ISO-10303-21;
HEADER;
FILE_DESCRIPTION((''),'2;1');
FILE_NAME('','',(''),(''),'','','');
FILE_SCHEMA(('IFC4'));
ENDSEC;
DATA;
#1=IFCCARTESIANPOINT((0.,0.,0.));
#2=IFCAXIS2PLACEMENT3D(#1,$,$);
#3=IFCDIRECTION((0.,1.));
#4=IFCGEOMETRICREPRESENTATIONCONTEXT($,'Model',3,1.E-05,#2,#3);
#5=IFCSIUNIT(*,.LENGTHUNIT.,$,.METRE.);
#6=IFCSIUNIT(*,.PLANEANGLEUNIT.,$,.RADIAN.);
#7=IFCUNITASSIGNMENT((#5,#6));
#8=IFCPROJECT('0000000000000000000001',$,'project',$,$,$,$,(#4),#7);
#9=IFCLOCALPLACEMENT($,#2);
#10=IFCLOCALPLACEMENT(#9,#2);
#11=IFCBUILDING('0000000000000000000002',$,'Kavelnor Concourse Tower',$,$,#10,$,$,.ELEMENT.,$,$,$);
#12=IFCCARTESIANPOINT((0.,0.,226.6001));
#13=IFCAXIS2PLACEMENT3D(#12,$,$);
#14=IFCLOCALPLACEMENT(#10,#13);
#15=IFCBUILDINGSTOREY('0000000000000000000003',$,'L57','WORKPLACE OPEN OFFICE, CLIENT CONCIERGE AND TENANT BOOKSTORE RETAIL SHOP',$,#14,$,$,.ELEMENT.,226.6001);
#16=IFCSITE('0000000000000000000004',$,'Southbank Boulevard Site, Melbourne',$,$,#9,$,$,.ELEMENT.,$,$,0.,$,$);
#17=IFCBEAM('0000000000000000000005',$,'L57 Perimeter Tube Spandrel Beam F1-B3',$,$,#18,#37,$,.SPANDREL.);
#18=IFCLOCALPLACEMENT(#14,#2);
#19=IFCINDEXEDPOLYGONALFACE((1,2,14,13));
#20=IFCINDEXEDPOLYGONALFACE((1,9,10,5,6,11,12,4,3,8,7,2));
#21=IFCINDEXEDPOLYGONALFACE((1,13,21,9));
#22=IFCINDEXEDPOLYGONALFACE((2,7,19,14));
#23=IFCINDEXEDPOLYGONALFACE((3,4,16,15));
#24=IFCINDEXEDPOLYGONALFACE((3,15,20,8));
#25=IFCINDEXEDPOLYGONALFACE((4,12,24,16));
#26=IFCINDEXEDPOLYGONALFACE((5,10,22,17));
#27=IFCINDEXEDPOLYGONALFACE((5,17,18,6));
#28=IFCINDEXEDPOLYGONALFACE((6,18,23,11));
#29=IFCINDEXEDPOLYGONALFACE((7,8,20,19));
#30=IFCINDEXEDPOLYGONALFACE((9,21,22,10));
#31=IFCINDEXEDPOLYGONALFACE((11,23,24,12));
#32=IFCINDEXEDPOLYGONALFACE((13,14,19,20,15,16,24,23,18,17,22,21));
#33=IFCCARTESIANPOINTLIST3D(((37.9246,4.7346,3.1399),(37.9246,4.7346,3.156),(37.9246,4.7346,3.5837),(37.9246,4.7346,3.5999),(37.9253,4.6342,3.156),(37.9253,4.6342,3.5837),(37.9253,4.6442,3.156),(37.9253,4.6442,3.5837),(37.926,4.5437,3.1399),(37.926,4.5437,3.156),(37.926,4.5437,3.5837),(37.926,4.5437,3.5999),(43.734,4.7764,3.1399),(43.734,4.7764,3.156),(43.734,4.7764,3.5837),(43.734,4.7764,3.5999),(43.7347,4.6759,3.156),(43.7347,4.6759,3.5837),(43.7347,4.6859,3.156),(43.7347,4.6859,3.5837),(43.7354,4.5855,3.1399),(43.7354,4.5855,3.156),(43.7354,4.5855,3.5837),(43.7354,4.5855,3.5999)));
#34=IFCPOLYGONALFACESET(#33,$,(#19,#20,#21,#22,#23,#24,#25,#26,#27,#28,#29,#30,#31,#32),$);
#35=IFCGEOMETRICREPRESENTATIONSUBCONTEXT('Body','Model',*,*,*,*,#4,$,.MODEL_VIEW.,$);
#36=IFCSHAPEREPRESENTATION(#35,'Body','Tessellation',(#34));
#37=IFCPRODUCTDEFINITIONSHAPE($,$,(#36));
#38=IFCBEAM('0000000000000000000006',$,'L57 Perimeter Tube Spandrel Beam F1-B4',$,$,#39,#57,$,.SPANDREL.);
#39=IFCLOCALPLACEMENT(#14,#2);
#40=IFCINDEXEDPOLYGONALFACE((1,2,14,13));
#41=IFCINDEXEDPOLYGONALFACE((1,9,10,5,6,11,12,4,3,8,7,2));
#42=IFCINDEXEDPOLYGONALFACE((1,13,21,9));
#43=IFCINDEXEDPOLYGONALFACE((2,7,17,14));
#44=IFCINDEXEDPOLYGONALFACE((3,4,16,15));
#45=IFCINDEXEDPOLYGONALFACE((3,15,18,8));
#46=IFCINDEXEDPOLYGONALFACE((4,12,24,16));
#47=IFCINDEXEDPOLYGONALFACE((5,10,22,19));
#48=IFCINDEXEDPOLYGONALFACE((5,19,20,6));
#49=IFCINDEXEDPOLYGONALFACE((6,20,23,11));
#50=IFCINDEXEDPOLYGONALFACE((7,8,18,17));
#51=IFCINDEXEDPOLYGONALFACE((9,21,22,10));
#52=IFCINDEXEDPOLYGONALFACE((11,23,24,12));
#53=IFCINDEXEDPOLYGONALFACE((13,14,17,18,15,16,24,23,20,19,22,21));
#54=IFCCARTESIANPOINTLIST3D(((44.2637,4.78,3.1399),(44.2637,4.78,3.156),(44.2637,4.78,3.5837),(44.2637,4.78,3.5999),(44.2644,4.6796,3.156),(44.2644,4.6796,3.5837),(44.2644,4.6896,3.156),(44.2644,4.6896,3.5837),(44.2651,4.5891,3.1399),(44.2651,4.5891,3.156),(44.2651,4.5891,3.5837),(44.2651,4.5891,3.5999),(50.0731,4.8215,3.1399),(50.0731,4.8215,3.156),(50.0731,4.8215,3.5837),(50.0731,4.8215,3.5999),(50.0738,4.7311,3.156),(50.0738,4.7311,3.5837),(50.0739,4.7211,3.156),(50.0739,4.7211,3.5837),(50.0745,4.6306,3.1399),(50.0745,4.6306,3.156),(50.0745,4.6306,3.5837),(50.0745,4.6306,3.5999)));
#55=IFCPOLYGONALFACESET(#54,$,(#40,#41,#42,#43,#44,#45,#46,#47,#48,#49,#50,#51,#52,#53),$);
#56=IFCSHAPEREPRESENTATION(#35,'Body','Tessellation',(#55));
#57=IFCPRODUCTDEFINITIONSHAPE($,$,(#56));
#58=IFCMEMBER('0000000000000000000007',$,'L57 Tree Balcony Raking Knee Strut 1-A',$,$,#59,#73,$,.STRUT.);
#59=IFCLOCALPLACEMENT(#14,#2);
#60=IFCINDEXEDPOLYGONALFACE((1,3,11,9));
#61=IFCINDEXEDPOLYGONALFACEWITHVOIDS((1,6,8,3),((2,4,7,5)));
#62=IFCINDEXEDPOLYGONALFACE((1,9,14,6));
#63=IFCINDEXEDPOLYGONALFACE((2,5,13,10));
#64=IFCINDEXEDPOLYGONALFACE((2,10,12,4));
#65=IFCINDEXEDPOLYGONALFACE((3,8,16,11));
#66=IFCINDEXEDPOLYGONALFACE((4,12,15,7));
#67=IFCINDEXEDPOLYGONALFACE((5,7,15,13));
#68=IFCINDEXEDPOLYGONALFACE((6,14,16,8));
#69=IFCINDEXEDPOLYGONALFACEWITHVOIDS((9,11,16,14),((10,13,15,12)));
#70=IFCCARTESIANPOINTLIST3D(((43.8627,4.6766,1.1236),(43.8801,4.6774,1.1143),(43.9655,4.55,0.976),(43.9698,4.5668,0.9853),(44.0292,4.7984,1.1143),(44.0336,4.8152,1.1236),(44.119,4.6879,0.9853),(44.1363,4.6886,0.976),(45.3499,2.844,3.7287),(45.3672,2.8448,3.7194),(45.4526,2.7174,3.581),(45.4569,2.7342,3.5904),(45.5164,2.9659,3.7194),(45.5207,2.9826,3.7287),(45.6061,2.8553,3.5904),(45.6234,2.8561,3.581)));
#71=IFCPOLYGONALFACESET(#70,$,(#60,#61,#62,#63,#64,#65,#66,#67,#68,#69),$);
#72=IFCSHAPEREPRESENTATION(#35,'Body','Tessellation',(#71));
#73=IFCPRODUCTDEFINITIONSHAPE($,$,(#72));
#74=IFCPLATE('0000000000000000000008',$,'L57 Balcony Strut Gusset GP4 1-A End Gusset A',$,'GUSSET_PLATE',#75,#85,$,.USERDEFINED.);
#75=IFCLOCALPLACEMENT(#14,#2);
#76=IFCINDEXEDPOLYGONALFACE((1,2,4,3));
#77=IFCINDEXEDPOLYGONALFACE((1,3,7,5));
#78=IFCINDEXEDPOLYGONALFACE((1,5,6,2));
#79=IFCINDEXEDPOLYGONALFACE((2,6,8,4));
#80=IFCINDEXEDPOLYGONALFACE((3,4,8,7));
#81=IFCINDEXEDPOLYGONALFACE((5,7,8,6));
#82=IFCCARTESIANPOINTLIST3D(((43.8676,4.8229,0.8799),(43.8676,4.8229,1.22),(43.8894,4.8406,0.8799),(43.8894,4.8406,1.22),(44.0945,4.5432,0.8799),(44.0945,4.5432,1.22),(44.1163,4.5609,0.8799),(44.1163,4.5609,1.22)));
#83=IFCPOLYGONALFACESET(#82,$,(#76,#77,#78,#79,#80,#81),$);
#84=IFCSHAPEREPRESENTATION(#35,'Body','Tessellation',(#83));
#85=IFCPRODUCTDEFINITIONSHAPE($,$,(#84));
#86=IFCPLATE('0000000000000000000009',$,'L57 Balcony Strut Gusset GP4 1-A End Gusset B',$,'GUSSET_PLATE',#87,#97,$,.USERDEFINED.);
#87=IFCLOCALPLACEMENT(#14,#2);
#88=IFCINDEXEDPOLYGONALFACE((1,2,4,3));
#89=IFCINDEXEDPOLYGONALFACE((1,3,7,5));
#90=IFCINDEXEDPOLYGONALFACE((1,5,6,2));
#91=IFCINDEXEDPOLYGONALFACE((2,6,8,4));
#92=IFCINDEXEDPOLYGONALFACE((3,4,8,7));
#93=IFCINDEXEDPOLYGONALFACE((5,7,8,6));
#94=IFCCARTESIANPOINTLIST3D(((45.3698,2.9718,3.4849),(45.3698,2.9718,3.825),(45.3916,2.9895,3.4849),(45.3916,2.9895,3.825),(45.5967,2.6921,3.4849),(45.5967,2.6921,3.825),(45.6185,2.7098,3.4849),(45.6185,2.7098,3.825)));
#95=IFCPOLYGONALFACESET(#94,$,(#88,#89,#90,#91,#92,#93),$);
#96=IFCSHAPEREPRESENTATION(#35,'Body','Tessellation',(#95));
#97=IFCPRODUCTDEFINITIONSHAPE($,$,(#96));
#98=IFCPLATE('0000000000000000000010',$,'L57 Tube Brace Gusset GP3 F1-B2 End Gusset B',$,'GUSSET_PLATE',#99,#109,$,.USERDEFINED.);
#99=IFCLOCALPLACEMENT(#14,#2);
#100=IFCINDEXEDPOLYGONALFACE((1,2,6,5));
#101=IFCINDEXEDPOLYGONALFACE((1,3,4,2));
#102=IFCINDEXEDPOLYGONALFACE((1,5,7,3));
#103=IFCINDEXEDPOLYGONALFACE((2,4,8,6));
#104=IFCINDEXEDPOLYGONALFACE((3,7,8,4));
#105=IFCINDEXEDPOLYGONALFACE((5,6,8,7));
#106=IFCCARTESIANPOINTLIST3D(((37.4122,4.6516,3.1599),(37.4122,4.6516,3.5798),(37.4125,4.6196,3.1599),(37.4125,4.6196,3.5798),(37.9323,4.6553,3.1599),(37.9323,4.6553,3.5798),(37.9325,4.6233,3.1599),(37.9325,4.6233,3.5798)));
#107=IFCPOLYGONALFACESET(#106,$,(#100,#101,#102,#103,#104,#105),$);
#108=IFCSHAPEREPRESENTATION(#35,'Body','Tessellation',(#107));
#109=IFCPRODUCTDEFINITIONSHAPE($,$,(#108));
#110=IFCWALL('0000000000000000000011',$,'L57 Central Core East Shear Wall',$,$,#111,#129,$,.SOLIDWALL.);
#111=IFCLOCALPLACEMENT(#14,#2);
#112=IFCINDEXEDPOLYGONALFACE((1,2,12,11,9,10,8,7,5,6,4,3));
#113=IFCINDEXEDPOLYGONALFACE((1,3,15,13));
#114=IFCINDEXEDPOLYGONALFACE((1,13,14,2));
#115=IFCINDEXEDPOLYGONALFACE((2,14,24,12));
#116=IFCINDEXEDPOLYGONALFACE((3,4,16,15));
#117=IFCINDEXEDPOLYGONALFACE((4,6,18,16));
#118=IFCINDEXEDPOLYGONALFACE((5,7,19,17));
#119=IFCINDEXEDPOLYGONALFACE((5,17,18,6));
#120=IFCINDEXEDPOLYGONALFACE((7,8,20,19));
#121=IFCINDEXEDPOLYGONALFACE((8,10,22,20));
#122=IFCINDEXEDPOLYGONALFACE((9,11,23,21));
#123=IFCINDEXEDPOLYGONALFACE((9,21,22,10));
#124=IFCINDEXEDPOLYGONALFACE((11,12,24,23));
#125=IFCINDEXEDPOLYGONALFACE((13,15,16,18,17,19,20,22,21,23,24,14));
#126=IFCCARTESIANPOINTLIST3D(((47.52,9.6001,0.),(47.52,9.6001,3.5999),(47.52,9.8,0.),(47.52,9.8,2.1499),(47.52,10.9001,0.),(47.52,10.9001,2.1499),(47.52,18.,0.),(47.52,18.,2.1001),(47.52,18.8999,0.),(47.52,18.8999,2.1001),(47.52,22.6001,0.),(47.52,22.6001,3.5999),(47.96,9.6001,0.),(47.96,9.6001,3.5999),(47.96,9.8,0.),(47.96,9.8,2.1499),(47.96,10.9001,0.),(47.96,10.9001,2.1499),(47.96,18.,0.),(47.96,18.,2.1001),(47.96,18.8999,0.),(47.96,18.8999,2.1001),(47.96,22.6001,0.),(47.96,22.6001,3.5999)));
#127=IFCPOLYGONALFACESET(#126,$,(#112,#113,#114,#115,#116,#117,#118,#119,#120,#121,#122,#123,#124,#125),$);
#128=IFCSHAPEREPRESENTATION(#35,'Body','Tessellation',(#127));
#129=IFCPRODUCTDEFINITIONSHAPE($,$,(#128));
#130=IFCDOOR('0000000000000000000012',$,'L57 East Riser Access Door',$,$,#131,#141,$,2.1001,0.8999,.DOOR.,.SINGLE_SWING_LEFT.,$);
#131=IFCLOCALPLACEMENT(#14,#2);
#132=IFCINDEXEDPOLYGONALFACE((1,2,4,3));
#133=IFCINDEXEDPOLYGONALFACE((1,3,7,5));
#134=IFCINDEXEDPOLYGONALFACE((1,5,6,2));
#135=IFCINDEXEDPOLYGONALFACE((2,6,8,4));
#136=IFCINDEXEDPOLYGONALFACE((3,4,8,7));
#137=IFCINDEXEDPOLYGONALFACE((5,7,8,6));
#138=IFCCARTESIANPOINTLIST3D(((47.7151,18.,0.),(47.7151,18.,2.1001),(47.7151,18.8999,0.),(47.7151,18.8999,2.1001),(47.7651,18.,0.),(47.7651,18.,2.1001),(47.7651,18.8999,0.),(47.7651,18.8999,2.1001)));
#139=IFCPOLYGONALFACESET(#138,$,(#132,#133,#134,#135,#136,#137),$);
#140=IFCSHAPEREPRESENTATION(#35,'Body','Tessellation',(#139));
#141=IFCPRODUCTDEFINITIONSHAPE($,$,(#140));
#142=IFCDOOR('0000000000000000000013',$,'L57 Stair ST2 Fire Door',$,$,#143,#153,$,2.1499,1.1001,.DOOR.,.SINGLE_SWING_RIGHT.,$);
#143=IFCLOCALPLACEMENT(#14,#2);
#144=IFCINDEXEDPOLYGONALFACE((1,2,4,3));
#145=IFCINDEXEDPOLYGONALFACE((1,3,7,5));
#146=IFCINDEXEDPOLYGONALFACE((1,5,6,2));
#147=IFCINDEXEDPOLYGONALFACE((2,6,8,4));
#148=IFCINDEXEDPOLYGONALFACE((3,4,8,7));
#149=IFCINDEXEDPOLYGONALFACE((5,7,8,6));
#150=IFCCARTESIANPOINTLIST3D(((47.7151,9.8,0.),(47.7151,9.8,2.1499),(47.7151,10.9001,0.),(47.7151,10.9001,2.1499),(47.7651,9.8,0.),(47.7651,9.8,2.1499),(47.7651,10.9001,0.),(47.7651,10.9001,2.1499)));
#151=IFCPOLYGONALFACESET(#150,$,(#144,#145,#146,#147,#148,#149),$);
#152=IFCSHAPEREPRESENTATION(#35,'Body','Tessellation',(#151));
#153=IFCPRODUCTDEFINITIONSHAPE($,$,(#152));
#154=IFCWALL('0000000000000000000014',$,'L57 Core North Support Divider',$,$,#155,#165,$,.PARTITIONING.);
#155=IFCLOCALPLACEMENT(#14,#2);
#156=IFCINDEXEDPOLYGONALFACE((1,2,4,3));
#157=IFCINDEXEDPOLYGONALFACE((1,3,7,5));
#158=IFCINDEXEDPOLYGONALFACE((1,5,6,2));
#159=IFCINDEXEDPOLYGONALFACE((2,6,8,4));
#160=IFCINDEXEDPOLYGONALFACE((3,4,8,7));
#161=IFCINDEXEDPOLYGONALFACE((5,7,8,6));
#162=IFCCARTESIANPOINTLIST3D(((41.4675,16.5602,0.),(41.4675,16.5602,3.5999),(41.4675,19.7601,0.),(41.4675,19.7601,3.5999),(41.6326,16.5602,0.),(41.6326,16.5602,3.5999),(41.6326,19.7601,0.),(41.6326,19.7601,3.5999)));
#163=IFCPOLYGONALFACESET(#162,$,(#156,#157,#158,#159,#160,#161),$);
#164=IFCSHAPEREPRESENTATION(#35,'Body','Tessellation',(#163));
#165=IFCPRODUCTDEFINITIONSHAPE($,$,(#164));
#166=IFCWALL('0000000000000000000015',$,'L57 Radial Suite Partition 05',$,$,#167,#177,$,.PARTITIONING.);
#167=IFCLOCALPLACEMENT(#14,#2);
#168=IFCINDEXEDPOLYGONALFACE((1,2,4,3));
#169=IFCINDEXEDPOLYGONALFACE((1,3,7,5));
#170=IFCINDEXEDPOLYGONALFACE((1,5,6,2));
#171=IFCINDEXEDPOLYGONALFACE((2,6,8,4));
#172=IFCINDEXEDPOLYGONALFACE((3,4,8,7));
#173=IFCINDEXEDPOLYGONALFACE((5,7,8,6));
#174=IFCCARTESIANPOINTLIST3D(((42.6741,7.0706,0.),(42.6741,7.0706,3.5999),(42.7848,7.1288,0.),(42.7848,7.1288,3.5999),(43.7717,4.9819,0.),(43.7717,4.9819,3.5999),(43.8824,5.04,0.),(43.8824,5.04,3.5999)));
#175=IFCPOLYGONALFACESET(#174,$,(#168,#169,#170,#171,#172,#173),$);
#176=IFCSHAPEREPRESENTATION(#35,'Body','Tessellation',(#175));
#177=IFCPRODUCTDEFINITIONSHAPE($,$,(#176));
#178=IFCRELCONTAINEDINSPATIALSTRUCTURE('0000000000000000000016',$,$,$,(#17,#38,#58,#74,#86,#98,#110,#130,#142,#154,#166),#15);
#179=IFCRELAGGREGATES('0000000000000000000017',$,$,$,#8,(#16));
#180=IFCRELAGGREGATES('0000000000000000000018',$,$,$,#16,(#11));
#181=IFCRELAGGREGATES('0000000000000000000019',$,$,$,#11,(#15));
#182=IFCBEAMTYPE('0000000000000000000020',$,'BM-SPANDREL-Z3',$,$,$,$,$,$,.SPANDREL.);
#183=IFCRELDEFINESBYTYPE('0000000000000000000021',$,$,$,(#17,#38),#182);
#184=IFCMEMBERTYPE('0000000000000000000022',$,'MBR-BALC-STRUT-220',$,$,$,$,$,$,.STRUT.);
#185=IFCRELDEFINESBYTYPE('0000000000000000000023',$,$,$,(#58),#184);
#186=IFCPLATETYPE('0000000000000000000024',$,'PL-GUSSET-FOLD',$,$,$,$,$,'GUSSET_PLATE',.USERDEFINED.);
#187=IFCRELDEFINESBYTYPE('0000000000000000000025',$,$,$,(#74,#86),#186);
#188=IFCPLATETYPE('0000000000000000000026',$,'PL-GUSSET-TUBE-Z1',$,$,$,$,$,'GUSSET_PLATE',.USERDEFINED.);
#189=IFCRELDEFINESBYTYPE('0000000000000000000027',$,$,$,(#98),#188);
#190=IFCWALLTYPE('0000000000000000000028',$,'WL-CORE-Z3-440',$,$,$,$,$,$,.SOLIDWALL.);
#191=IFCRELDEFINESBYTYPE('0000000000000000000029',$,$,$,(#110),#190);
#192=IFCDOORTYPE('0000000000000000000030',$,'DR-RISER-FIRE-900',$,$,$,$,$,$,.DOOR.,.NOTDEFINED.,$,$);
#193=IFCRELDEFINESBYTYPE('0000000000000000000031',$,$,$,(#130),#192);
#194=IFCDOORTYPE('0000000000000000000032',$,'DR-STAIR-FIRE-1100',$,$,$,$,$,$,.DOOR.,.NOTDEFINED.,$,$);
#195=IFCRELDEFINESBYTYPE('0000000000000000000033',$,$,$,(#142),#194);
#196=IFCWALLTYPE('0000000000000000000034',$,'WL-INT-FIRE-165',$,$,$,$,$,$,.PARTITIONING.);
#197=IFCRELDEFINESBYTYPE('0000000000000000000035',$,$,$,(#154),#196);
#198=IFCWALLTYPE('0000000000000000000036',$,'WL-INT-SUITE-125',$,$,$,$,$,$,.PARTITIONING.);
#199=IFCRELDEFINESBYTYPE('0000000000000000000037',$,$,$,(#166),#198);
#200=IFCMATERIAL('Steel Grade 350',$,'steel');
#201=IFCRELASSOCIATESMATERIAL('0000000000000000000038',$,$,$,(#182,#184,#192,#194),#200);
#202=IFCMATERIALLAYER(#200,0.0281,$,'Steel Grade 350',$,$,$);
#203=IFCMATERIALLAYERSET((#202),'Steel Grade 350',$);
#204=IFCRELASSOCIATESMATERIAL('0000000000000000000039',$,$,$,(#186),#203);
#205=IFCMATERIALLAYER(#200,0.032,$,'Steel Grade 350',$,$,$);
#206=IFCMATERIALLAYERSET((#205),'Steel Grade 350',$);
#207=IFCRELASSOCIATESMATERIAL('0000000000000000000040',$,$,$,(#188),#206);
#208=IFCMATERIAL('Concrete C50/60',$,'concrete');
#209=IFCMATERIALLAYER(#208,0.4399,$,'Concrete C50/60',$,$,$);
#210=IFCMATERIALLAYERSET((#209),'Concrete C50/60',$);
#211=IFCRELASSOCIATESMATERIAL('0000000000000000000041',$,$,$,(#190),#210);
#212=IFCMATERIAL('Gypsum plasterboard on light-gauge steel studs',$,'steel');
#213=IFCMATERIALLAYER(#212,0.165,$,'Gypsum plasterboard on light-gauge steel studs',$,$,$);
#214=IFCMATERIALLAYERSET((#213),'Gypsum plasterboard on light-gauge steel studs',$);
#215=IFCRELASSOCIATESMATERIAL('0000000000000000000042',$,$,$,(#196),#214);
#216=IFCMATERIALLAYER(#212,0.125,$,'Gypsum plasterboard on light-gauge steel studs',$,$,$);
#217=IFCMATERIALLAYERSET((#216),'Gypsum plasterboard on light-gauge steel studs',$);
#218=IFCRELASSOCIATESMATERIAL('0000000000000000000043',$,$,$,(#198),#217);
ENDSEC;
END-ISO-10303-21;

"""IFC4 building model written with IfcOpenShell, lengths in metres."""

from ifc_helpers import new_model, si_unit, direction, frame, frame_2d, origin, origin_2d, place, context, subcontext, project, spatial, rectangle, hollow_rectangle, i_section, extrude, material, layer, layer_set, material_profile, profile_set, type_object, element, fill, save


model = new_model("IFC4")

# Units and contexts
model_context = context("Model", 3, precision=1e-05, world=origin(), true_north=direction((0.0, 1.0)))
body_context = subcontext(model_context, "Body", "Model", "MODEL_VIEW")
ifc_project = project(units=[si_unit("LENGTHUNIT", "METRE"), si_unit("PLANEANGLEUNIT", "RADIAN")], contexts=[model_context])

# Site, building, storey
site_placement = place(None, origin())
site = spatial("IfcSite", under=ifc_project, at=site_placement, Name="Southbank Boulevard Site, Melbourne", CompositionType="ELEMENT", RefElevation=0.0)
building_placement = place(site_placement, origin())
building = spatial("IfcBuilding", under=site, at=building_placement, Name="Kavelnor Concourse Tower", CompositionType="ELEMENT")
storey_placement = place(building_placement, frame((0.0, 0.0, 226.6001)))
storey = spatial("IfcBuildingStorey", under=building, at=storey_placement, Name="L57", Description="WORKPLACE OPEN OFFICE, CLIENT CONCIERGE AND TENANT BOOKSTORE RETAIL SHOP", CompositionType="ELEMENT", Elevation=226.6001)

# Shared definitions
ifc_material_1 = material(Name="Steel Grade 350", Category="steel")

# Beams
ifc_material_profile_1 = material_profile(ifc_material_1, i_section(OverallWidth=0.1909, OverallDepth=0.46, WebThickness=0.01, FlangeThickness=0.0161, at=origin_2d()), Name="460UB82")
ifc_profile_set_1 = profile_set([ifc_material_profile_1], Name="Steel Grade 350")
beam_type_1 = type_object("IfcBeamType", Name="BM-SPANDREL-Z3", PredefinedType="SPANDREL", material=ifc_profile_set_1)
for number, where, z_axis, x_axis, name in (
    (1, (37.9253, 4.6392, 3.3699), (0.999974, 0.007186, 0.0), (-0.007186, 0.999974, 0.0), "L57 Perimeter Tube Spandrel Beam F1-B3"),
    (2, (44.2644, 4.6846, 3.3699), (0.999974, 0.007144, 0.0), (-0.007144, 0.999974, 0.0), "L57 Perimeter Tube Spandrel Beam F1-B4"),
):
    element("IfcBeam", number, at=place(storey_placement, frame(where, z_axis=z_axis, x_axis=x_axis)), inside=storey, type_object=beam_type_1, Name=name, PredefinedType="SPANDREL", context=body_context, shape_type="SweptSolid", body=[
        extrude(i_section(OverallWidth=0.1909, OverallDepth=0.46, WebThickness=0.01, FlangeThickness=0.0161, at=origin_2d()), origin(), (0.0, 0.0, 1.0), 5.8096),
    ])

# Member
ifc_material_profile_2 = material_profile(ifc_material_1, hollow_rectangle(XDim=0.22, YDim=0.22, WallThickness=0.0139, at=origin_2d()), Name="SHS 220x220x14")
ifc_profile_set_2 = profile_set([ifc_material_profile_2], Name="Steel Grade 350")
member_type = type_object("IfcMemberType", Name="MBR-BALC-STRUT-220", PredefinedType="STRUT", material=ifc_profile_set_2)
member_placement = place(storey_placement, frame((43.9995, 4.6826, 1.0498), z_axis=(0.423058, -0.521339, 0.741099), x_axis=(0.7765, 0.630117, 0.0)))
element("IfcMember", 3, at=member_placement, inside=storey, type_object=member_type, Name="L57 Tree Balcony Raking Knee Strut 1-A", PredefinedType="STRUT", context=body_context, shape_type="SweptSolid", body=[
    extrude(hollow_rectangle(XDim=0.22, YDim=0.22, WallThickness=0.0139, at=origin_2d()), origin(), (0.0, 0.0, 1.0), 3.5151),
])

# Plates
ifc_layer_1 = layer(ifc_material_1, 0.0281, Name="Steel Grade 350")
ifc_layer_set_1 = layer_set([ifc_layer_1], Name="Steel Grade 350")
plate_type_1 = type_object("IfcPlateType", Name="PL-GUSSET-FOLD", ElementType="GUSSET_PLATE", PredefinedType="USERDEFINED", material=ifc_layer_set_1)
for number, where, z_axis, x_axis, name in (
    (4, (43.9919, 4.6919, 0.8799), (0.0, 0.0, 1.0), (0.629998, -0.776596, 0.0), "L57 Balcony Strut Gusset GP4 1-A End Gusset A"),
    (5, (45.4941, 2.8408, 3.4849), (0.0, 0.0, 1.0), (0.629998, -0.776596, 0.0), "L57 Balcony Strut Gusset GP4 1-A End Gusset B"),
):
    element("IfcPlate", number, at=place(storey_placement, frame(where, z_axis=z_axis, x_axis=x_axis)), inside=storey, type_object=plate_type_1, Name=name, ObjectType="GUSSET_PLATE", PredefinedType="USERDEFINED", context=body_context, shape_type="SweptSolid", body=[
        extrude(rectangle(XDim=0.3601, YDim=0.0281, at=origin_2d()), origin(), (0.0, 0.0, 1.0), 0.3401),
    ])
ifc_layer_2 = layer(ifc_material_1, 0.032, Name="Steel Grade 350")
ifc_layer_set_2 = layer_set([ifc_layer_2], Name="Steel Grade 350")
plate_type_2 = type_object("IfcPlateType", Name="PL-GUSSET-TUBE-Z1", ElementType="GUSSET_PLATE", PredefinedType="USERDEFINED", material=ifc_layer_set_2)
plate_placement = place(storey_placement, frame((37.6724, 4.6375, 3.1599), z_axis=(0.0, 0.0, 1.0), x_axis=(0.999974, 0.007156, 0.0)))
element("IfcPlate", 6, at=plate_placement, inside=storey, type_object=plate_type_2, Name="L57 Tube Brace Gusset GP3 F1-B2 End Gusset B", ObjectType="GUSSET_PLATE", PredefinedType="USERDEFINED", context=body_context, shape_type="SweptSolid", body=[
    extrude(rectangle(XDim=0.52, YDim=0.032, at=origin_2d()), origin(), (0.0, 0.0, 1.0), 0.4199),
])

# Wall, openings, doors
ifc_material_2 = material(Name="Concrete C50/60", Category="concrete")
ifc_layer_3 = layer(ifc_material_2, 0.4399, Name="Concrete C50/60")
ifc_layer_set_3 = layer_set([ifc_layer_3], Name="Concrete C50/60")
wall_type_1 = type_object("IfcWallType", Name="WL-CORE-Z3-440", PredefinedType="SOLIDWALL", material=ifc_layer_set_3)
wall_1_placement = place(storey_placement, frame((47.74, 9.6001, 0.0), z_axis=(0.0, 0.0, 1.0), x_axis=(0.0, 1.0, 0.0)))
wall_1 = element("IfcWall", 7, at=wall_1_placement, inside=storey, type_object=wall_type_1, Name="L57 Central Core East Shear Wall", PredefinedType="SOLIDWALL", context=body_context, shape_type="SweptSolid", body=[
    extrude(rectangle(XDim=13.0, YDim=0.4399, at=frame_2d((6.5, 0.0))), origin(), (0.0, 0.0, 1.0), 3.5999),
])
opening_1_placement = place(wall_1_placement, frame((0.2, 0.0, 0.0)))
opening_1 = element("IfcOpeningElement", 8, at=opening_1_placement, cuts=wall_1, PredefinedType="OPENING", context=body_context, shape_type="SweptSolid", body=[
    extrude(rectangle(XDim=1.1001, YDim=2.1499, at=frame_2d((0.55, 1.075))), frame((0.0, 0.23, 0.0), z_axis=(0.0, -1.0, 0.0), x_axis=(1.0, 0.0, 0.0)), (0.0, 0.0, 1.0), 0.46),
])
opening_2_placement = place(wall_1_placement, frame((8.3999, 0.0, 0.0)))
opening_2 = element("IfcOpeningElement", 9, at=opening_2_placement, cuts=wall_1, PredefinedType="OPENING", context=body_context, shape_type="SweptSolid", body=[
    extrude(rectangle(XDim=0.8999, YDim=2.1001, at=frame_2d((0.45, 1.05))), frame((0.0, 0.23, 0.0), z_axis=(0.0, -1.0, 0.0), x_axis=(1.0, 0.0, 0.0)), (0.0, 0.0, 1.0), 0.46),
])
door_type_1 = type_object("IfcDoorType", Name="DR-RISER-FIRE-900", OperationType="NOTDEFINED", PredefinedType="DOOR", material=ifc_material_1)
door_1_placement = place(opening_2_placement, origin())
door_1 = element("IfcDoor", 10, at=door_1_placement, inside=storey, type_object=door_type_1, Name="L57 East Riser Access Door", OperationType="SINGLE_SWING_LEFT", OverallHeight=2.1001, OverallWidth=0.8999, PredefinedType="DOOR", context=body_context, shape_type="SweptSolid", body=[
    extrude(rectangle(XDim=0.8999, YDim=2.1001, at=frame_2d((0.45, 1.05))), frame((0.0, 0.0249, 0.0), z_axis=(0.0, -1.0, 0.0), x_axis=(1.0, 0.0, 0.0)), (0.0, 0.0, 1.0), 0.05),
])
fill(opening_2, door_1)
door_type_2 = type_object("IfcDoorType", Name="DR-STAIR-FIRE-1100", OperationType="NOTDEFINED", PredefinedType="DOOR", material=ifc_material_1)
door_2_placement = place(opening_1_placement, origin())
door_2 = element("IfcDoor", 11, at=door_2_placement, inside=storey, type_object=door_type_2, Name="L57 Stair ST2 Fire Door", OperationType="SINGLE_SWING_RIGHT", OverallHeight=2.1499, OverallWidth=1.1001, PredefinedType="DOOR", context=body_context, shape_type="SweptSolid", body=[
    extrude(rectangle(XDim=1.1001, YDim=2.1499, at=frame_2d((0.55, 1.075))), frame((0.0, 0.0249, 0.0), z_axis=(0.0, -1.0, 0.0), x_axis=(1.0, 0.0, 0.0)), (0.0, 0.0, 1.0), 0.05),
])
fill(opening_1, door_2)

# Walls
ifc_material_3 = material(Name="Gypsum plasterboard on light-gauge steel studs", Category="steel")
ifc_layer_4 = layer(ifc_material_3, 0.165, Name="Gypsum plasterboard on light-gauge steel studs")
ifc_layer_set_4 = layer_set([ifc_layer_4], Name="Gypsum plasterboard on light-gauge steel studs")
wall_type_2 = type_object("IfcWallType", Name="WL-INT-FIRE-165", PredefinedType="PARTITIONING", material=ifc_layer_set_4)
wall_2_placement = place(storey_placement, frame((41.55, 16.5601, 0.0), z_axis=(0.0, 0.0, 1.0), x_axis=(0.0, 1.0, 0.0)))
element("IfcWall", 12, at=wall_2_placement, inside=storey, type_object=wall_type_2, Name="L57 Core North Support Divider", PredefinedType="PARTITIONING", context=body_context, shape_type="SweptSolid", body=[
    extrude(rectangle(XDim=3.2, YDim=0.165, at=frame_2d((1.6001, 0.0))), origin(), (0.0, 0.0, 1.0), 3.5999),
])
ifc_layer_5 = layer(ifc_material_3, 0.125, Name="Gypsum plasterboard on light-gauge steel studs")
ifc_layer_set_5 = layer_set([ifc_layer_5], Name="Gypsum plasterboard on light-gauge steel studs")
wall_type_3 = type_object("IfcWallType", Name="WL-INT-SUITE-125", PredefinedType="PARTITIONING", material=ifc_layer_set_5)
wall_3_placement = place(storey_placement, frame((42.7295, 7.0996, 0.0), z_axis=(0.0, 0.0, 1.0), x_axis=(0.465166, -0.885223, 0.0)))
element("IfcWall", 13, at=wall_3_placement, inside=storey, type_object=wall_type_3, Name="L57 Radial Suite Partition 05", PredefinedType="PARTITIONING", context=body_context, shape_type="SweptSolid", body=[
    extrude(rectangle(XDim=2.3596, YDim=0.125, at=frame_2d((1.1797, 0.0))), origin(), (0.0, 0.0, 1.0), 3.5999),
])

save(model, "model.ifc")
